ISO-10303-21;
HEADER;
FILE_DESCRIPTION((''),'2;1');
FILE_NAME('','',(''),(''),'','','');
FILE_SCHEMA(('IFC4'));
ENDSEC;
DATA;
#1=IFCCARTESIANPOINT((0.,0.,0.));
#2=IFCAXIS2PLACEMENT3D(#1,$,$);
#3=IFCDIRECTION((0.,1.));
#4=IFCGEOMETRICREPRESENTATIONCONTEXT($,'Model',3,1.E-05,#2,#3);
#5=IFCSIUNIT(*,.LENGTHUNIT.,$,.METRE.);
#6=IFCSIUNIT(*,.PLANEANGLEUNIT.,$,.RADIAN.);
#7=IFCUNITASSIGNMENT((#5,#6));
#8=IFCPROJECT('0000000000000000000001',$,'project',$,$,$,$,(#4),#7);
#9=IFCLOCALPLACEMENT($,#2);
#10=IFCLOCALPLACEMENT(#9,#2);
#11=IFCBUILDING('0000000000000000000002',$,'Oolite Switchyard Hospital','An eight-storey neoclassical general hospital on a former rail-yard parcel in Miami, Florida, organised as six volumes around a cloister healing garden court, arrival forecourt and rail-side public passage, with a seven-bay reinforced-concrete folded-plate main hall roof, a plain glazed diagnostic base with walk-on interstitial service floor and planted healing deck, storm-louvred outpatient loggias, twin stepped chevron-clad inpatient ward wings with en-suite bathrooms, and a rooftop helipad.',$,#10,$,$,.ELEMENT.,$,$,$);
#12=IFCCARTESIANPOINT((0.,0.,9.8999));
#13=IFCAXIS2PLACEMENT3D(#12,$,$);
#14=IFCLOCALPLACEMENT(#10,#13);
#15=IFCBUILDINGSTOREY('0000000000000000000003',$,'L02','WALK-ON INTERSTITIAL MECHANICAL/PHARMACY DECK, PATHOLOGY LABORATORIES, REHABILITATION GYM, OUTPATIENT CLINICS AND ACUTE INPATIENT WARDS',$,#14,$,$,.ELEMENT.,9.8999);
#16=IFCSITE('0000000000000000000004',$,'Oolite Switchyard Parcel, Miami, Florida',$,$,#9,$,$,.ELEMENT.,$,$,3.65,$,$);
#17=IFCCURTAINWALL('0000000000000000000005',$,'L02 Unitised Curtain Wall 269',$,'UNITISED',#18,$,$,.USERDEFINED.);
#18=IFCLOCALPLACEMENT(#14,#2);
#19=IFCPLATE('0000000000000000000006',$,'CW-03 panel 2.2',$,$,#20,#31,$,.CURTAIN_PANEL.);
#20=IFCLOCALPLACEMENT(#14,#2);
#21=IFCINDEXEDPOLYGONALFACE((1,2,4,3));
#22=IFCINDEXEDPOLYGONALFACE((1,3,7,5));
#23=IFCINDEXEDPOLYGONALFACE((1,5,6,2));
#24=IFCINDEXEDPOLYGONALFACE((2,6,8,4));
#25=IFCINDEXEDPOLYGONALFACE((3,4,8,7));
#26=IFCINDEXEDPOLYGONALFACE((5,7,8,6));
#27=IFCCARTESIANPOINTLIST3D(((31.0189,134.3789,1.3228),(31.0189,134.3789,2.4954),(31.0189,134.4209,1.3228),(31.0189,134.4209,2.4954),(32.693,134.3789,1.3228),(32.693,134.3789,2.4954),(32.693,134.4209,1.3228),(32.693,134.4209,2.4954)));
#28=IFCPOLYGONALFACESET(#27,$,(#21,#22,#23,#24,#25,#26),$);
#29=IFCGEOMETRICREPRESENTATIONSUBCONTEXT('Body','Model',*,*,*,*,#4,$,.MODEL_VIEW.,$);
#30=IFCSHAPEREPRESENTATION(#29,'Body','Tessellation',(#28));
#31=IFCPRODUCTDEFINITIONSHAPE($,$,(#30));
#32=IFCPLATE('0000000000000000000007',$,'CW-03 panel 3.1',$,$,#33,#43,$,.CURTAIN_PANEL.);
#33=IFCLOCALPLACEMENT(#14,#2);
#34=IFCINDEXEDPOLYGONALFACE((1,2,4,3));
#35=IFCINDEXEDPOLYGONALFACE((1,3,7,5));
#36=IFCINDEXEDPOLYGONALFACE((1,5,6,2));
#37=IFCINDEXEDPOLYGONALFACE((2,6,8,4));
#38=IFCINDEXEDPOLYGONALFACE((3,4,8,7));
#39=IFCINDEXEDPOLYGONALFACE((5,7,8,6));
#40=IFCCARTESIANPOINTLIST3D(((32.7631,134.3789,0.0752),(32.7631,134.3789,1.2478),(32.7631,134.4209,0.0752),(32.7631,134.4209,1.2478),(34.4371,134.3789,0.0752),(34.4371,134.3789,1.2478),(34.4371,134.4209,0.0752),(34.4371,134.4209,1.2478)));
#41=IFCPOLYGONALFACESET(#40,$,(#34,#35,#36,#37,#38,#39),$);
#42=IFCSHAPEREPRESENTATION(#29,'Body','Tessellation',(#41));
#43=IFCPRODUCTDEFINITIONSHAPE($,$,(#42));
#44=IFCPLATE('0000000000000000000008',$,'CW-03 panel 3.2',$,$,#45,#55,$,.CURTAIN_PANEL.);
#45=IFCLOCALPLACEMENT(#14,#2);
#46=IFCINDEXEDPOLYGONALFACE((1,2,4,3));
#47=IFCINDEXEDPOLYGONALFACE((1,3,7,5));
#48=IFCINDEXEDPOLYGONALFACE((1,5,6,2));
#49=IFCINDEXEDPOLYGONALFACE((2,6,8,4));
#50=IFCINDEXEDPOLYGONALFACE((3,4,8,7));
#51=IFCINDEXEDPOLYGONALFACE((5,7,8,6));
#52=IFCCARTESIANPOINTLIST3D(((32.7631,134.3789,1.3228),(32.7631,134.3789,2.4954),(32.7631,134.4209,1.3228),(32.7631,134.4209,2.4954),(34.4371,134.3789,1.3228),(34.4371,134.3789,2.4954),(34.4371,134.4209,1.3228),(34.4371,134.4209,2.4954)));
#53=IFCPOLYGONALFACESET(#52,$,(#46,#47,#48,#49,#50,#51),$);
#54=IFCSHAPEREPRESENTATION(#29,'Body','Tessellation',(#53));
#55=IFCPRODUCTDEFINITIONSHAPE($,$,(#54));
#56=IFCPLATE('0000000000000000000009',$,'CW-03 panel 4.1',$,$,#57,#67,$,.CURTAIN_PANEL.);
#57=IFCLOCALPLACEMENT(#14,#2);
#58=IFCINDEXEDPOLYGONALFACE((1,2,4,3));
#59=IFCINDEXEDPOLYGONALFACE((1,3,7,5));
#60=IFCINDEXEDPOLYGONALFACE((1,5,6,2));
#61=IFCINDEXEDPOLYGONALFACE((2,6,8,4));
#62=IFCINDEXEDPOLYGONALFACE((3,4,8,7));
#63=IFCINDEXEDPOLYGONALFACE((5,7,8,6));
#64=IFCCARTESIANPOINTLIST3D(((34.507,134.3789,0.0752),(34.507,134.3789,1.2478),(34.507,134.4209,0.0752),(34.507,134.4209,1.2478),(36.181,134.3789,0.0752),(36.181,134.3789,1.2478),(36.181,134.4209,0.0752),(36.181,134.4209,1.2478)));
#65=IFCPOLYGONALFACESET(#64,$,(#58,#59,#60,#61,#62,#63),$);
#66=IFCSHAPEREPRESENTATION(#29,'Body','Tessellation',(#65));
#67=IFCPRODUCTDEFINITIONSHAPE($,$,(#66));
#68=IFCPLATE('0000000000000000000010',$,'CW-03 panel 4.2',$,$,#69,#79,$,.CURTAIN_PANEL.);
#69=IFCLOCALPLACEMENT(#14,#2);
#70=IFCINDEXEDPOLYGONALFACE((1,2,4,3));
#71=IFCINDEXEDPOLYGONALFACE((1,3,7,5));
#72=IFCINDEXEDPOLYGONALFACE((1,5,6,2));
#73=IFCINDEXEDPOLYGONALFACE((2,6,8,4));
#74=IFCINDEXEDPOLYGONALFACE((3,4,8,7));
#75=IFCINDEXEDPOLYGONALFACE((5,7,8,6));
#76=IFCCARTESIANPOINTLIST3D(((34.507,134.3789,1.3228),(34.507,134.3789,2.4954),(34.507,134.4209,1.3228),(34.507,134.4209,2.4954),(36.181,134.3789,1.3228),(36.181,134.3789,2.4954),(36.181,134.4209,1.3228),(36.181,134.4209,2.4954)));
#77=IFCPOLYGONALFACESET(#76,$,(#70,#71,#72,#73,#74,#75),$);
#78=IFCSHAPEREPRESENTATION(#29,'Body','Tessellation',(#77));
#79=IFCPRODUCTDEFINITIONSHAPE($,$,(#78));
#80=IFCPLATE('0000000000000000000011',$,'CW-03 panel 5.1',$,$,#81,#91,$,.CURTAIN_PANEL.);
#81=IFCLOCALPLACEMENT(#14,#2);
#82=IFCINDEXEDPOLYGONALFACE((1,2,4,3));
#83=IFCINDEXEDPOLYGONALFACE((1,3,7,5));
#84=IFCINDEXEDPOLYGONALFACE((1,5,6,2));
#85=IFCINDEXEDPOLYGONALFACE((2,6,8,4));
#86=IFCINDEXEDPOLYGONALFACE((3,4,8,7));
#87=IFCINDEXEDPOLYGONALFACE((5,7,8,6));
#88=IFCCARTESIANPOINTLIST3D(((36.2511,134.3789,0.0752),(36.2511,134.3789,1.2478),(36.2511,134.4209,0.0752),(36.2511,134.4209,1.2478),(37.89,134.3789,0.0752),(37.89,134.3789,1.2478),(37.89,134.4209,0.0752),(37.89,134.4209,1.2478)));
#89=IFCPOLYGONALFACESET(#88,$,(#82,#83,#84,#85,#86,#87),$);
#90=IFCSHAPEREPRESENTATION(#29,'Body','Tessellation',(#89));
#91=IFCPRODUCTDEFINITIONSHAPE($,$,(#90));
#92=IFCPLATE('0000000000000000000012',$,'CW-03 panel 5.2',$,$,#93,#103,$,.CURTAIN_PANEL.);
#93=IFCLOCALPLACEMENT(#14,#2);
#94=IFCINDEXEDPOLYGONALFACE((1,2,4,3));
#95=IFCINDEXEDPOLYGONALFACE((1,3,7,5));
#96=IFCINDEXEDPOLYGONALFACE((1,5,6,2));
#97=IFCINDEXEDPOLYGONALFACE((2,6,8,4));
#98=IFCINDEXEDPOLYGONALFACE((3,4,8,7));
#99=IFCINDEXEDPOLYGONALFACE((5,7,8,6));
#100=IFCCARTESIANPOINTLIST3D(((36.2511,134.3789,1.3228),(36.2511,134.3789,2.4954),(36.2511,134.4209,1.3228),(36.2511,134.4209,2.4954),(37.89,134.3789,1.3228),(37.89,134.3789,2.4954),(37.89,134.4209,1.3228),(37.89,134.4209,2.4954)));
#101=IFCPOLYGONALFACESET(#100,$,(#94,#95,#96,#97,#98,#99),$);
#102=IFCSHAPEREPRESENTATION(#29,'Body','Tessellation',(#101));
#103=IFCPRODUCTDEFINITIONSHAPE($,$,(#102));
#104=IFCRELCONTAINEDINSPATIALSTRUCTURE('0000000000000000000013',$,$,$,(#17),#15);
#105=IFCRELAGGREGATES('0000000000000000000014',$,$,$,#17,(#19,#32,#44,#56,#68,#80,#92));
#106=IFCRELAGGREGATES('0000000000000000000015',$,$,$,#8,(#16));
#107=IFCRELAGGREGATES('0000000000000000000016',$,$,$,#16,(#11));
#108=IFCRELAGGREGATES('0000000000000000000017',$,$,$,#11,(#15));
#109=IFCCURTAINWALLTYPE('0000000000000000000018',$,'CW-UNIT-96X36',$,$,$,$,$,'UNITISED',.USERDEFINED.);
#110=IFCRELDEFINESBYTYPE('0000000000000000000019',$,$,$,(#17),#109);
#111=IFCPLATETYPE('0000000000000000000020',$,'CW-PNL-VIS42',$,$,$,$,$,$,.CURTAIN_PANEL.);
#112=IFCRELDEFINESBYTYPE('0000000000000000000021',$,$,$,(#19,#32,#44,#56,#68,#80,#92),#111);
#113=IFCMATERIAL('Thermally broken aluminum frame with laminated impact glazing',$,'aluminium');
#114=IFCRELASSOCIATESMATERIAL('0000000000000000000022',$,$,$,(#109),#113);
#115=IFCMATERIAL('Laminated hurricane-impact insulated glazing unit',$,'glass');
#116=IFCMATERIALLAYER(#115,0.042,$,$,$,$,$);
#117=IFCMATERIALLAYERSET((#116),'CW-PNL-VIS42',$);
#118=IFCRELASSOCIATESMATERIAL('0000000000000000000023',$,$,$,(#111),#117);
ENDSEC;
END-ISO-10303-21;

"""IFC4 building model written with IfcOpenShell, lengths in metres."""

from ifc_helpers import new_model, si_unit, direction, frame, origin, origin_2d, place, context, subcontext, project, spatial, rectangle, extrude, material, layer, layer_set, type_object, element, aggregate, save


model = new_model("IFC4")

# Units and contexts
model_context = context("Model", 3, precision=1e-05, world=origin(), true_north=direction((0.0, 1.0)))
body_context = subcontext(model_context, "Body", "Model", "MODEL_VIEW")
ifc_project = project(units=[si_unit("LENGTHUNIT", "METRE"), si_unit("PLANEANGLEUNIT", "RADIAN")], contexts=[model_context])

# Site, building, storey
site_placement = place(None, origin())
site = spatial("IfcSite", under=ifc_project, at=site_placement, Name="Oolite Switchyard Parcel, Miami, Florida", CompositionType="ELEMENT", RefElevation=3.65)
building_placement = place(site_placement, origin())
building = spatial("IfcBuilding", under=site, at=building_placement, Name="Oolite Switchyard Hospital", Description="An eight-storey neoclassical general hospital on a former rail-yard parcel in Miami, Florida, organised as six volumes around a cloister healing garden court, arrival forecourt and rail-side public passage, with a seven-bay reinforced-concrete folded-plate main hall roof, a plain glazed diagnostic base with walk-on interstitial service floor and planted healing deck, storm-louvred outpatient loggias, twin stepped chevron-clad inpatient ward wings with en-suite bathrooms, and a rooftop helipad.", CompositionType="ELEMENT")
storey_placement = place(building_placement, frame((0.0, 0.0, 9.8999)))
storey = spatial("IfcBuildingStorey", under=building, at=storey_placement, Name="L02", Description="WALK-ON INTERSTITIAL MECHANICAL/PHARMACY DECK, PATHOLOGY LABORATORIES, REHABILITATION GYM, OUTPATIENT CLINICS AND ACUTE INPATIENT WARDS", CompositionType="ELEMENT", Elevation=9.8999)

# Curtain wall, plates
ifc_material_1 = material(Name="Thermally broken aluminum frame with laminated impact glazing", Category="aluminium")
curtain_wall_type = type_object("IfcCurtainWallType", Name="CW-UNIT-96X36", ElementType="UNITISED", PredefinedType="USERDEFINED", material=ifc_material_1)
curtain_wall_placement = place(storey_placement, origin())
curtain_wall = element("IfcCurtainWall", 1, at=curtain_wall_placement, inside=storey, type_object=curtain_wall_type, Name="L02 Unitised Curtain Wall 269", ObjectType="UNITISED", PredefinedType="USERDEFINED")
ifc_material_2 = material(Name="Laminated hurricane-impact insulated glazing unit", Category="glass")
ifc_layer = layer(ifc_material_2, 0.042)
ifc_layer_set = layer_set([ifc_layer], Name="CW-PNL-VIS42")
plate_type = type_object("IfcPlateType", Name="CW-PNL-VIS42", PredefinedType="CURTAIN_PANEL", material=ifc_layer_set)
plate_1_placement = place(storey_placement, frame((31.856, 134.3999, 1.3228), z_axis=(0.0, 0.0, 1.0), x_axis=(1.0, 0.0, 0.0)))
plate_1 = element("IfcPlate", 2, at=plate_1_placement, type_object=plate_type, Name="CW-03 panel 2.2", PredefinedType="CURTAIN_PANEL", context=body_context, shape_type="SweptSolid", body=[
    extrude(rectangle(XDim=1.6741, YDim=0.042, at=origin_2d()), origin(), (0.0, 0.0, 1.0), 1.1726),
])
plate_2_placement = place(storey_placement, frame((33.6001, 134.3999, 0.0752), z_axis=(0.0, 0.0, 1.0), x_axis=(1.0, 0.0, 0.0)))
plate_2 = element("IfcPlate", 3, at=plate_2_placement, type_object=plate_type, Name="CW-03 panel 3.1", PredefinedType="CURTAIN_PANEL", context=body_context, shape_type="SweptSolid", body=[
    extrude(rectangle(XDim=1.6741, YDim=0.042, at=origin_2d()), origin(), (0.0, 0.0, 1.0), 1.1726),
])
plate_3_placement = place(storey_placement, frame((33.6001, 134.3999, 1.3228), z_axis=(0.0, 0.0, 1.0), x_axis=(1.0, 0.0, 0.0)))
plate_3 = element("IfcPlate", 4, at=plate_3_placement, type_object=plate_type, Name="CW-03 panel 3.2", PredefinedType="CURTAIN_PANEL", context=body_context, shape_type="SweptSolid", body=[
    extrude(rectangle(XDim=1.6741, YDim=0.042, at=origin_2d()), origin(), (0.0, 0.0, 1.0), 1.1726),
])
plate_4_placement = place(storey_placement, frame((35.344, 134.3999, 0.0752), z_axis=(0.0, 0.0, 1.0), x_axis=(1.0, 0.0, 0.0)))
plate_4 = element("IfcPlate", 5, at=plate_4_placement, type_object=plate_type, Name="CW-03 panel 4.1", PredefinedType="CURTAIN_PANEL", context=body_context, shape_type="SweptSolid", body=[
    extrude(rectangle(XDim=1.6741, YDim=0.042, at=origin_2d()), origin(), (0.0, 0.0, 1.0), 1.1726),
])
plate_5_placement = place(storey_placement, frame((35.344, 134.3999, 1.3228), z_axis=(0.0, 0.0, 1.0), x_axis=(1.0, 0.0, 0.0)))
plate_5 = element("IfcPlate", 6, at=plate_5_placement, type_object=plate_type, Name="CW-03 panel 4.2", PredefinedType="CURTAIN_PANEL", context=body_context, shape_type="SweptSolid", body=[
    extrude(rectangle(XDim=1.6741, YDim=0.042, at=origin_2d()), origin(), (0.0, 0.0, 1.0), 1.1726),
])
plate_6_placement = place(storey_placement, frame((37.0706, 134.3999, 0.0752), z_axis=(0.0, 0.0, 1.0), x_axis=(1.0, 0.0, 0.0)))
plate_6 = element("IfcPlate", 7, at=plate_6_placement, type_object=plate_type, Name="CW-03 panel 5.1", PredefinedType="CURTAIN_PANEL", context=body_context, shape_type="SweptSolid", body=[
    extrude(rectangle(XDim=1.6389, YDim=0.042, at=origin_2d()), origin(), (0.0, 0.0, 1.0), 1.1726),
])
plate_7_placement = place(storey_placement, frame((37.0706, 134.3999, 1.3228), z_axis=(0.0, 0.0, 1.0), x_axis=(1.0, 0.0, 0.0)))
plate_7 = element("IfcPlate", 8, at=plate_7_placement, type_object=plate_type, Name="CW-03 panel 5.2", PredefinedType="CURTAIN_PANEL", context=body_context, shape_type="SweptSolid", body=[
    extrude(rectangle(XDim=1.6389, YDim=0.042, at=origin_2d()), origin(), (0.0, 0.0, 1.0), 1.1726),
])
aggregate(curtain_wall, [plate_1, plate_2, plate_3, plate_4, plate_5, plate_6, plate_7])

save(model, "model.ifc")
